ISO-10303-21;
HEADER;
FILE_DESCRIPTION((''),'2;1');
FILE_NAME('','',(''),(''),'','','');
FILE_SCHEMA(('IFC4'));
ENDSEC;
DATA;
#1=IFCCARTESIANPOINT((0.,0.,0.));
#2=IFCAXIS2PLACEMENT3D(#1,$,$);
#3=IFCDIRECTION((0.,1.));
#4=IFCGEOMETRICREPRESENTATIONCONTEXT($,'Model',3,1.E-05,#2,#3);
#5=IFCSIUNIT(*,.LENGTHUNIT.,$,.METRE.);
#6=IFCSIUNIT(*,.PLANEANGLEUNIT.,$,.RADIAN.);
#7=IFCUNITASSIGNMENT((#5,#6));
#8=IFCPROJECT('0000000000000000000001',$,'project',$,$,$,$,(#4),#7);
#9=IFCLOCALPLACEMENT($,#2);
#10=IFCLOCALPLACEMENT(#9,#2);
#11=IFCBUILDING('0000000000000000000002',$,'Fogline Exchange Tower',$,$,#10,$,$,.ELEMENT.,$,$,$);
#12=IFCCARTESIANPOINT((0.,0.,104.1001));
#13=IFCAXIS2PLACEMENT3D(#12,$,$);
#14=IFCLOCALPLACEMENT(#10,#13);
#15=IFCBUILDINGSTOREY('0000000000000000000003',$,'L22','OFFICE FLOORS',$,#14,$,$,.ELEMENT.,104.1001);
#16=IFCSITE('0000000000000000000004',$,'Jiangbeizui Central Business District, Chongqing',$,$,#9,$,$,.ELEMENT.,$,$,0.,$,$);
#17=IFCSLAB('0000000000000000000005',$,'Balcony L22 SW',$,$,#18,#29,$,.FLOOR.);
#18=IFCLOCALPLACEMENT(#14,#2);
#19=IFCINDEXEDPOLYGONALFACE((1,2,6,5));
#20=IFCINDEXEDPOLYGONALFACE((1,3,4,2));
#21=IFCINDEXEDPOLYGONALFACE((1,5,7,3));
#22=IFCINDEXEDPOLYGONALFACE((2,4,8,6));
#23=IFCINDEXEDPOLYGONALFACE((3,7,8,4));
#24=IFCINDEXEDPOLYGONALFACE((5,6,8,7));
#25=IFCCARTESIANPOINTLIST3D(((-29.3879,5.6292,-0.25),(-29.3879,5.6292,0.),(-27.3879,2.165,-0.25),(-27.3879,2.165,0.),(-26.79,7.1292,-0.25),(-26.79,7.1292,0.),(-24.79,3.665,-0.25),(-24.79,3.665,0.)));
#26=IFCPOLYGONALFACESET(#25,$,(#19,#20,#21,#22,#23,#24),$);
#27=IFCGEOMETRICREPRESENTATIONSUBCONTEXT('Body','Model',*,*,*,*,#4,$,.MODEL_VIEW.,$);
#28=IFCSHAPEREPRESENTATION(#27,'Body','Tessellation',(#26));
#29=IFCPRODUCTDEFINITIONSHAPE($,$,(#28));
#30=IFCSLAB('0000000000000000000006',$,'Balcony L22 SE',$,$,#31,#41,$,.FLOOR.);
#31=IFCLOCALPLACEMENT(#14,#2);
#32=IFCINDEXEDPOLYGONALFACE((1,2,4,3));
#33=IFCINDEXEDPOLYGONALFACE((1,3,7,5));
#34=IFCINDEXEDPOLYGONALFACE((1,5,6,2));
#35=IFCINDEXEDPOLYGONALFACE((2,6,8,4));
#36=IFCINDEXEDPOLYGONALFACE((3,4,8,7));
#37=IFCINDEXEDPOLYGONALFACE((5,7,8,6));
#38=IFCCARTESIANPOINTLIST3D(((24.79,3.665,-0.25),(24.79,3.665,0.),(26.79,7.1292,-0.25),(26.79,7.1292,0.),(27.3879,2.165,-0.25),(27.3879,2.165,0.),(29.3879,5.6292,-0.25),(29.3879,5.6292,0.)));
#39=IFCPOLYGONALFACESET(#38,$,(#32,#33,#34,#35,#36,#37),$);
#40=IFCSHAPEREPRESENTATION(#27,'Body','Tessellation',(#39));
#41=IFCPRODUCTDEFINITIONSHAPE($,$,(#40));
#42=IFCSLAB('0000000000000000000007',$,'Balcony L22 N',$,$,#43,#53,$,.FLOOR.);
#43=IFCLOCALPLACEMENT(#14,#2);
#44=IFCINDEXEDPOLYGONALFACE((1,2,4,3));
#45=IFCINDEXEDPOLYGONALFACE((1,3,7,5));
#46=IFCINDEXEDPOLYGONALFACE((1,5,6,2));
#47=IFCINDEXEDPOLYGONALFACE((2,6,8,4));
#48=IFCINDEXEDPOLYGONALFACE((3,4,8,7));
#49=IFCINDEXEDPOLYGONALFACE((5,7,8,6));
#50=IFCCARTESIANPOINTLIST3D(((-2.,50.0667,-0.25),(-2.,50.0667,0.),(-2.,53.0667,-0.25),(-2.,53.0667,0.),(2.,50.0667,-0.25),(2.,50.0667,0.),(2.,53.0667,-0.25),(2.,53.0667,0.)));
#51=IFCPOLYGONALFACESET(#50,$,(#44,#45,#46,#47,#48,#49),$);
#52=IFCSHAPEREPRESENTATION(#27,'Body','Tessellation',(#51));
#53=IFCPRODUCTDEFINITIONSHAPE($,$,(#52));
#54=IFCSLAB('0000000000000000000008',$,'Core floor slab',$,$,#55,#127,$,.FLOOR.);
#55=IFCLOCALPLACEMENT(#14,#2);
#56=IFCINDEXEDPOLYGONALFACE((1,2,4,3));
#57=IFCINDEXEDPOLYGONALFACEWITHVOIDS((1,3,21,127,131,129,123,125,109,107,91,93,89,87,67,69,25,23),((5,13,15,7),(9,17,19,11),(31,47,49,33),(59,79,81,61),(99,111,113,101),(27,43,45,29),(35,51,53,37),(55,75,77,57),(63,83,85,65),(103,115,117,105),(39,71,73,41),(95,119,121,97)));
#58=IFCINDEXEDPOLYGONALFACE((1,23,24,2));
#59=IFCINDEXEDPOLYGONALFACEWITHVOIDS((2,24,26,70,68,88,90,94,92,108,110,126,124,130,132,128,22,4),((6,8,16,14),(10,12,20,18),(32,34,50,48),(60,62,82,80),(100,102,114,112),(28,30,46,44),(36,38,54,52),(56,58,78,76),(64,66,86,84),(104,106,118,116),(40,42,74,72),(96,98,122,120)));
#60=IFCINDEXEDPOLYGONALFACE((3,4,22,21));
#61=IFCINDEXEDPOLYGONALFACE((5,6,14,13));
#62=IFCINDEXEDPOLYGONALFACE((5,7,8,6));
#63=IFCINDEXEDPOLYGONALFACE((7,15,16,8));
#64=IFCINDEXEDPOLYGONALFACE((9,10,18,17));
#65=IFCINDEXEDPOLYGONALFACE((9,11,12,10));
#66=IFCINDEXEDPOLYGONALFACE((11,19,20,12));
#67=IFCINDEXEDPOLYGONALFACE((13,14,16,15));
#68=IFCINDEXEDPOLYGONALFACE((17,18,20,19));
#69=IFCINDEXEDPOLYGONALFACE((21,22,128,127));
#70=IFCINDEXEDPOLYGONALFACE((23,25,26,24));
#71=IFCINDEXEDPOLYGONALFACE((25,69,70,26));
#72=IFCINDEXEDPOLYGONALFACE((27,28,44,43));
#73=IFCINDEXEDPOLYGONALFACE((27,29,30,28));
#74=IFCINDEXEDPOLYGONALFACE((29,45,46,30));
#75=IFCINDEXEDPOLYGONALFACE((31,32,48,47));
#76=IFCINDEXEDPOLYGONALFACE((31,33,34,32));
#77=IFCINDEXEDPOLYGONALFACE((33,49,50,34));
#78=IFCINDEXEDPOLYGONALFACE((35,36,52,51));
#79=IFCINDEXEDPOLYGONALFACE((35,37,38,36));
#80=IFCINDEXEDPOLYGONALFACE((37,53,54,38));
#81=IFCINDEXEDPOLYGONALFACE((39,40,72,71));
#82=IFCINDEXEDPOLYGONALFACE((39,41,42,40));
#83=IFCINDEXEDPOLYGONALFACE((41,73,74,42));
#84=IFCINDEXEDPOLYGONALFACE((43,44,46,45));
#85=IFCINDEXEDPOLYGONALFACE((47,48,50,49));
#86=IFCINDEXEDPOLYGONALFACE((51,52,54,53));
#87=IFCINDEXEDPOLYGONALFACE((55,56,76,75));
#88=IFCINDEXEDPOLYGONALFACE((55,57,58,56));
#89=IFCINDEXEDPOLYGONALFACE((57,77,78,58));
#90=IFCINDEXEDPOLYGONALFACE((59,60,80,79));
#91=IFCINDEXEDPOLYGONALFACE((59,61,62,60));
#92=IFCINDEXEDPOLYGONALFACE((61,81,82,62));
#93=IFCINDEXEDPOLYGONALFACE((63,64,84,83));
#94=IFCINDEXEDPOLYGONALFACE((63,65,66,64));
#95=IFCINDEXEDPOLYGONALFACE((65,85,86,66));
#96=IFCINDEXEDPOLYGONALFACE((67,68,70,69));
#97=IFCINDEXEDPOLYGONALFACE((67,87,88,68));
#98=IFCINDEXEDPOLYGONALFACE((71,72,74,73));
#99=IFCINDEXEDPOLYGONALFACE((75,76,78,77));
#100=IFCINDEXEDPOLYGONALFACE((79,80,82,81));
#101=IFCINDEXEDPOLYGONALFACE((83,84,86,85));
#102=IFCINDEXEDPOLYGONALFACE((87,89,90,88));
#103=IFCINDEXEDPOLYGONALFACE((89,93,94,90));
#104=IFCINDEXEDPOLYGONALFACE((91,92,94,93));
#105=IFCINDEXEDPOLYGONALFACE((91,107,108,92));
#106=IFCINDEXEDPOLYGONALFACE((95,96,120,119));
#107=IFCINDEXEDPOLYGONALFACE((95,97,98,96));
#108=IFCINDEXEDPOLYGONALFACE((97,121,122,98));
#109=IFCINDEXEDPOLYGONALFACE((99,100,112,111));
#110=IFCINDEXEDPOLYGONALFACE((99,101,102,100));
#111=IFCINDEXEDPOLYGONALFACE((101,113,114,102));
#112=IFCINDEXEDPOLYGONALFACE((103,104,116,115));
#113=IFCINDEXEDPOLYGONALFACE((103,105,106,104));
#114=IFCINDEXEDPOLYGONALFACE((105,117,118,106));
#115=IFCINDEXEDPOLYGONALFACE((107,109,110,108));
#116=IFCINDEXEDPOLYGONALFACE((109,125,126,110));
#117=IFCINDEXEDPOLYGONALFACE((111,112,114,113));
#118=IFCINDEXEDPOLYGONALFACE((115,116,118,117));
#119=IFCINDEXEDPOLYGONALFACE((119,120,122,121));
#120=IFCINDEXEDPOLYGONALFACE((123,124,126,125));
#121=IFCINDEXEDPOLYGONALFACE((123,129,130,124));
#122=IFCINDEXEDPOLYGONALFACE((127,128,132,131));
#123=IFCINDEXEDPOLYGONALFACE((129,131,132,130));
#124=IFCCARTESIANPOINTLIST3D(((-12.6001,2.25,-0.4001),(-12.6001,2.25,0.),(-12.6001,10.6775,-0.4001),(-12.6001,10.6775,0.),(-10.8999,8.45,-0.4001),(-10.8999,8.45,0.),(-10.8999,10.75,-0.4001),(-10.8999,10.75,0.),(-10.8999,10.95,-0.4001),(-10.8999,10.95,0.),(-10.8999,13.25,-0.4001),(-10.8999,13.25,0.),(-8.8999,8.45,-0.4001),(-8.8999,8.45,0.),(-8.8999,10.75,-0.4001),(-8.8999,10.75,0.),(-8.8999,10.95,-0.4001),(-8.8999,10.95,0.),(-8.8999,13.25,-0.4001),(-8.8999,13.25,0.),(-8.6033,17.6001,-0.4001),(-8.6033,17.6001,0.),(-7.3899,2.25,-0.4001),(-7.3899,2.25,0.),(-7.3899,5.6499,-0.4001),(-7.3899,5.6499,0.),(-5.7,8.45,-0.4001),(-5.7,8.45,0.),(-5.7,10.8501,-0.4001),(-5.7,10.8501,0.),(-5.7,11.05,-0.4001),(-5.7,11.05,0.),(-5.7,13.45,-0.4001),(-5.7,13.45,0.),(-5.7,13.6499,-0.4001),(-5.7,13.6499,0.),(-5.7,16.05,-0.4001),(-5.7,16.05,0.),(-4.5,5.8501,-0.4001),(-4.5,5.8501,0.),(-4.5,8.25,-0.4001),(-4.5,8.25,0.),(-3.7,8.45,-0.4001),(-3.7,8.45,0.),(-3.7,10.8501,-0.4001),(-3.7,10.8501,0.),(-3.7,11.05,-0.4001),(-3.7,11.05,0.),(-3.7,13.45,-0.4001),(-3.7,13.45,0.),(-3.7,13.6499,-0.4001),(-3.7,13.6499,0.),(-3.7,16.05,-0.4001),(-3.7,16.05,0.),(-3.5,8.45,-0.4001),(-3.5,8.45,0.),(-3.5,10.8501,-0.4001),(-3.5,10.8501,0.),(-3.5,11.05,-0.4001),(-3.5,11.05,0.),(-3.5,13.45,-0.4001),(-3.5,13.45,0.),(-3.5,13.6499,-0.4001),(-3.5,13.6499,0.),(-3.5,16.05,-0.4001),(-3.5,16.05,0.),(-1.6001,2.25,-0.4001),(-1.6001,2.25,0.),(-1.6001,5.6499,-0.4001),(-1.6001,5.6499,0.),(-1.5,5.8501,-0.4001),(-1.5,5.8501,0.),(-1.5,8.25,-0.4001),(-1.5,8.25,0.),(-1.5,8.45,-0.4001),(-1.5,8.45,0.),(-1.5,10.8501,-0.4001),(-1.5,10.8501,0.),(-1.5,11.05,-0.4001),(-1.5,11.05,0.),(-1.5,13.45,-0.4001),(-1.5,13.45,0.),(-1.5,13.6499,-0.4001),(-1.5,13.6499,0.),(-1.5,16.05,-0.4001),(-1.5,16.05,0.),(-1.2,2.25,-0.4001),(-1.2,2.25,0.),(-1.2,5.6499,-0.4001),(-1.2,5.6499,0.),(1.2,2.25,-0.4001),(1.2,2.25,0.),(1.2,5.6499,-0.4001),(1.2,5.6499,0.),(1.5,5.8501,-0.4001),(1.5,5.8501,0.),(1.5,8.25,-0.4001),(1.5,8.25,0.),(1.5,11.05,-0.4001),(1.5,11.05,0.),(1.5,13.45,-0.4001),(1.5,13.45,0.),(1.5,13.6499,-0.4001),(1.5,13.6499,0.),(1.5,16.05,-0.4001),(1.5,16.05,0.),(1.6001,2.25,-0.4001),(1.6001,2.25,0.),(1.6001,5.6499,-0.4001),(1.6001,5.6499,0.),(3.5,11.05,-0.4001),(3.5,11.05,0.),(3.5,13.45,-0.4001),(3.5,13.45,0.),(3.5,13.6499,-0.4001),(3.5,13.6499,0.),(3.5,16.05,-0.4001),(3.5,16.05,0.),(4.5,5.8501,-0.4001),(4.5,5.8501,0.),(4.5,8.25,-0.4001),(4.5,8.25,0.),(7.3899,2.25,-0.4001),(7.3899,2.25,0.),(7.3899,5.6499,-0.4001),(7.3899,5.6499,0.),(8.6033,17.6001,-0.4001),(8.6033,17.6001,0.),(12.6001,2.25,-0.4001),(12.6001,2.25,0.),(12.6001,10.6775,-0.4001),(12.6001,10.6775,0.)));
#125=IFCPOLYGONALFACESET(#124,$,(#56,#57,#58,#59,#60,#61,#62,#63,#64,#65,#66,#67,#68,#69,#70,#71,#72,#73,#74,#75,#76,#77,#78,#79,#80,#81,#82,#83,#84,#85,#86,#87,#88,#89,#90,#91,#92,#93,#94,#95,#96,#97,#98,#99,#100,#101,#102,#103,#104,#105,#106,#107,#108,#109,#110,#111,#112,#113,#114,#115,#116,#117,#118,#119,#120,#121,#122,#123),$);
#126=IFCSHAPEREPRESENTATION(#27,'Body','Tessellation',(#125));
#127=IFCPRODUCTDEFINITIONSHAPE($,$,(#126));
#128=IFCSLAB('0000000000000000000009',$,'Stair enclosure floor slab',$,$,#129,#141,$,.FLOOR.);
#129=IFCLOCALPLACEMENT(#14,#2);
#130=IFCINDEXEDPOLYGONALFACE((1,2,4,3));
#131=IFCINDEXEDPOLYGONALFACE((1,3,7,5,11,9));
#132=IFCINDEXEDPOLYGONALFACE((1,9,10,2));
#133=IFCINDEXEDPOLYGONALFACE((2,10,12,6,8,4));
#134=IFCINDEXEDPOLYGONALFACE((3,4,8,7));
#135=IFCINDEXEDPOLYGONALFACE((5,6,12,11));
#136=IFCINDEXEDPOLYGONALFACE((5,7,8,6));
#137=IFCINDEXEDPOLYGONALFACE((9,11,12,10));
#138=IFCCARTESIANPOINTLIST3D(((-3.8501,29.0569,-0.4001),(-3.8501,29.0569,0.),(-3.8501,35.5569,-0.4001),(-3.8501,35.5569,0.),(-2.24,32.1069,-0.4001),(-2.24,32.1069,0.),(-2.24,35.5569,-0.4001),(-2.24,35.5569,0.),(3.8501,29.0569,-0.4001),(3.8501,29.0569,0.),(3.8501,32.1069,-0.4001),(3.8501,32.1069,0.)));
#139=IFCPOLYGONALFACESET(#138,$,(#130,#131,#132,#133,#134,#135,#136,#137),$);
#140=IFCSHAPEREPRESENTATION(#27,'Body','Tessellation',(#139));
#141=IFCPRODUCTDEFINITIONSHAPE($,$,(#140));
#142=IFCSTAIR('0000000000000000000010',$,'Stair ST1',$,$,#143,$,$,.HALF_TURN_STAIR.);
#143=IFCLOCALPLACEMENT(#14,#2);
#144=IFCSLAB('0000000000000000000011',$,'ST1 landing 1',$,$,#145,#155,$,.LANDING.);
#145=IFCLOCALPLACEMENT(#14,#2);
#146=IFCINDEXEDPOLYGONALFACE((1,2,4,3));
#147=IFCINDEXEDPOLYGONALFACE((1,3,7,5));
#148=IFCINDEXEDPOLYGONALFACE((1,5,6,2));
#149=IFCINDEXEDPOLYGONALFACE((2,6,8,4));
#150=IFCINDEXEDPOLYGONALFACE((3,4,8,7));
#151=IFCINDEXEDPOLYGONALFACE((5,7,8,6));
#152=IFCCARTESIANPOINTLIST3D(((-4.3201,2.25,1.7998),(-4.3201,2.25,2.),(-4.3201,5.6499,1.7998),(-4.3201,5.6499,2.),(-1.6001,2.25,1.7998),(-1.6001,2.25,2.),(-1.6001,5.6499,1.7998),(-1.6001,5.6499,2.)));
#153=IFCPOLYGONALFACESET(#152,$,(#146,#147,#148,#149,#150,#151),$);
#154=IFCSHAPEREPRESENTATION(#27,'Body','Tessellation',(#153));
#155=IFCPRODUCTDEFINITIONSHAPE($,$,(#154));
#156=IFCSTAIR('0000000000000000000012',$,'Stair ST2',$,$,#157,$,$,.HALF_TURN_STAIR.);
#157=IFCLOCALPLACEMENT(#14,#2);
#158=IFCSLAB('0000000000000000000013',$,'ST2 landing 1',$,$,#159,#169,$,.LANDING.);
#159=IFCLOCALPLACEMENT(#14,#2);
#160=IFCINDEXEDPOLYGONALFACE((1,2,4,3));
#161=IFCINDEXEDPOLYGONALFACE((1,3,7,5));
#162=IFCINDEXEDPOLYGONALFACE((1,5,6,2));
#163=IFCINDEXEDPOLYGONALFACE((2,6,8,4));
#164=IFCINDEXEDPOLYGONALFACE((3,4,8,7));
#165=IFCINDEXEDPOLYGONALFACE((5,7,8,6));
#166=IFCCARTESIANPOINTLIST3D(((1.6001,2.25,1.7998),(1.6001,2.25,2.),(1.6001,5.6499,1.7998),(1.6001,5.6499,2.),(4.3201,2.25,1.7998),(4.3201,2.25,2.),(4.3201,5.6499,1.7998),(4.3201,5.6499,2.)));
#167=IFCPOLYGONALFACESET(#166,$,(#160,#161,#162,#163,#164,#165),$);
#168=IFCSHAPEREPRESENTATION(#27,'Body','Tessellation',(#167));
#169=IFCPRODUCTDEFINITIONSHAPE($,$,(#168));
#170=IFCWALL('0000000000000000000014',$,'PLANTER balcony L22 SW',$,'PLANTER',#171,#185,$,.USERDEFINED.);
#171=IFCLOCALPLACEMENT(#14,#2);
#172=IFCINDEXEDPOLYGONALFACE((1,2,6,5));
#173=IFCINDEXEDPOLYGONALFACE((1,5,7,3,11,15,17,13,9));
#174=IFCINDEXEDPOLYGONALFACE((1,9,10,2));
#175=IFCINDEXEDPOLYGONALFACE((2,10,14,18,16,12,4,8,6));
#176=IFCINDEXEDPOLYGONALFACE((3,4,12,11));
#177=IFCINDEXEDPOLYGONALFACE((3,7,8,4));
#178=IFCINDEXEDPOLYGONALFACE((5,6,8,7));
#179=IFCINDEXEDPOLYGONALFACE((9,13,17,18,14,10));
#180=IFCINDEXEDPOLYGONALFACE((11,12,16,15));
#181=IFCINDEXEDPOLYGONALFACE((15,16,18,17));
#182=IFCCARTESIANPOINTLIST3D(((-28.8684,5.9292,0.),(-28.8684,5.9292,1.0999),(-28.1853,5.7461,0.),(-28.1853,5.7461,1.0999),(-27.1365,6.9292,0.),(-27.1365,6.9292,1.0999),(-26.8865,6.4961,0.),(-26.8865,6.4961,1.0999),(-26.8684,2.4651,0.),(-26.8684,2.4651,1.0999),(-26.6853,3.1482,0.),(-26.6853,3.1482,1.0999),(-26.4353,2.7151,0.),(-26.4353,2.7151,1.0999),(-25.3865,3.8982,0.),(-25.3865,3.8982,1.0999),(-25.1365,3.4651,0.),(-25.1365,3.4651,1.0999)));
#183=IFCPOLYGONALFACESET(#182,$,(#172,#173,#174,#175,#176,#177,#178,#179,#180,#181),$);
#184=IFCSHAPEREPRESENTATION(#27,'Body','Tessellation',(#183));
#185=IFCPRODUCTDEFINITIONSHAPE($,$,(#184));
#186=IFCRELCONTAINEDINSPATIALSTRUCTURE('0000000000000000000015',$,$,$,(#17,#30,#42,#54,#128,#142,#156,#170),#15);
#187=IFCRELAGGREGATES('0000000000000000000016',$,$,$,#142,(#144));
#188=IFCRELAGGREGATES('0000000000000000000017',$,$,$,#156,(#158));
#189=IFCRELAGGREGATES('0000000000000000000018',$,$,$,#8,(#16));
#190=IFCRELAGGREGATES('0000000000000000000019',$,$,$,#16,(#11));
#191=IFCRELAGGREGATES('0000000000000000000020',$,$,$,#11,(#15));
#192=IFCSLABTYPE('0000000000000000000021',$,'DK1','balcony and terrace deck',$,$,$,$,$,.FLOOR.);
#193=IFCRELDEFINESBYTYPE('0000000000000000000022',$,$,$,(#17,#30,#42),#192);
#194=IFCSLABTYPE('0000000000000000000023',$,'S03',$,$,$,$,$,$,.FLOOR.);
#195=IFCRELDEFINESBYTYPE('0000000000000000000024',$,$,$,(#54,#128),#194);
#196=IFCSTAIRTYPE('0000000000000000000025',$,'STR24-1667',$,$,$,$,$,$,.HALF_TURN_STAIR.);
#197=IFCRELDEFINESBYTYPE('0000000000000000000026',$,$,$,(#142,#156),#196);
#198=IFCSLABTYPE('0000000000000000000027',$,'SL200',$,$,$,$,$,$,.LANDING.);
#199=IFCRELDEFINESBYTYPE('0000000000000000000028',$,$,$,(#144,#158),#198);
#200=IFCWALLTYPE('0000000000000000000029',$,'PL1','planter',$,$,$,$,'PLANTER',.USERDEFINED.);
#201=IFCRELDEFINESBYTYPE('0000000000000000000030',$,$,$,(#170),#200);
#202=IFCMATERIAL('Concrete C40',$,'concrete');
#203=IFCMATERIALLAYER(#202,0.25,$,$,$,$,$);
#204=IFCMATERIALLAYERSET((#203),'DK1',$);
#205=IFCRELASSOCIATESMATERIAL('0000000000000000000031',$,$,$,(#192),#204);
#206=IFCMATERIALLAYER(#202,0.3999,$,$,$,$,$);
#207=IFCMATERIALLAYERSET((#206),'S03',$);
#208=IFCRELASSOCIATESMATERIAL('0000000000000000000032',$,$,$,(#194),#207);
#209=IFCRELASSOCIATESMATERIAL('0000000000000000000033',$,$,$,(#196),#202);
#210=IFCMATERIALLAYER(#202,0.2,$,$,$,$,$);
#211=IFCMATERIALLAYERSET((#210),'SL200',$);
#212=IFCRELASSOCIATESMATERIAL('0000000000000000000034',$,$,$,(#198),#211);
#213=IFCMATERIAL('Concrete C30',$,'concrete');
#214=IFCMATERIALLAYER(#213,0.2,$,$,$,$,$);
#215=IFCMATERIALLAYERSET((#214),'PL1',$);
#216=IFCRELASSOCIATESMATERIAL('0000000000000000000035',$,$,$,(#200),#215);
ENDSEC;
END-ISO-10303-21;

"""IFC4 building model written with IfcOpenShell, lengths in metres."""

from ifc_helpers import new_model, si_unit, direction, frame, origin, place, context, subcontext, project, spatial, polyline, outline, extrude, material, layer, layer_set, type_object, element, aggregate, save


model = new_model("IFC4")

# Units and contexts
model_context = context("Model", 3, precision=1e-05, world=origin(), true_north=direction((0.0, 1.0)))
body_context = subcontext(model_context, "Body", "Model", "MODEL_VIEW")
ifc_project = project(units=[si_unit("LENGTHUNIT", "METRE"), si_unit("PLANEANGLEUNIT", "RADIAN")], contexts=[model_context])

# Site, building, storey
site_placement = place(None, origin())
site = spatial("IfcSite", under=ifc_project, at=site_placement, Name="Jiangbeizui Central Business District, Chongqing", CompositionType="ELEMENT", RefElevation=0.0)
building_placement = place(site_placement, origin())
building = spatial("IfcBuilding", under=site, at=building_placement, Name="Fogline Exchange Tower", CompositionType="ELEMENT")
storey_placement = place(building_placement, frame((0.0, 0.0, 104.1001)))
storey = spatial("IfcBuildingStorey", under=building, at=storey_placement, Name="L22", Description="OFFICE FLOORS", CompositionType="ELEMENT", Elevation=104.1001)

# Slabs
ifc_material_1 = material(Name="Concrete C40", Category="concrete")
ifc_layer_1 = layer(ifc_material_1, 0.25)
ifc_layer_set_1 = layer_set([ifc_layer_1], Name="DK1")
slab_type_1 = type_object("IfcSlabType", Name="DK1", Description="balcony and terrace deck", PredefinedType="FLOOR", material=ifc_layer_set_1)
slab_1_placement = place(storey_placement, frame((0.0, 0.0, -0.25)))
element("IfcSlab", 1, at=slab_1_placement, inside=storey, type_object=slab_type_1, Name="Balcony L22 SW", PredefinedType="FLOOR", context=body_context, shape_type="SweptSolid", body=[
    extrude(outline(polyline([(-29.3879, 5.6292), (-27.3879, 2.165), (-24.79, 3.665), (-26.79, 7.1292), (-29.3879, 5.6292)])), origin(), (0.0, 0.0, 1.0), 0.25),
])
slab_2_placement = place(storey_placement, frame((0.0, 0.0, -0.25)))
element("IfcSlab", 2, at=slab_2_placement, inside=storey, type_object=slab_type_1, Name="Balcony L22 SE", PredefinedType="FLOOR", context=body_context, shape_type="SweptSolid", body=[
    extrude(outline(polyline([(27.3879, 2.165), (29.3879, 5.6292), (26.79, 7.1292), (24.79, 3.665), (27.3879, 2.165)])), origin(), (0.0, 0.0, 1.0), 0.25),
])
slab_3_placement = place(storey_placement, frame((0.0, 0.0, -0.25)))
element("IfcSlab", 3, at=slab_3_placement, inside=storey, type_object=slab_type_1, Name="Balcony L22 N", PredefinedType="FLOOR", context=body_context, shape_type="SweptSolid", body=[
    extrude(outline(polyline([(2.0, 53.0667), (-2.0, 53.0667), (-2.0, 50.0667), (2.0, 50.0667), (2.0, 53.0667)])), origin(), (0.0, 0.0, 1.0), 0.25),
])
ifc_layer_2 = layer(ifc_material_1, 0.3999)
ifc_layer_set_2 = layer_set([ifc_layer_2], Name="S03")
slab_type_2 = type_object("IfcSlabType", Name="S03", PredefinedType="FLOOR", material=ifc_layer_set_2)
slab_4_placement = place(storey_placement, frame((0.0, 0.0, -0.4001)))
element("IfcSlab", 4, at=slab_4_placement, inside=storey, type_object=slab_type_2, Name="Core floor slab", PredefinedType="FLOOR", context=body_context, shape_type="SweptSolid", body=[
    extrude(outline(polyline([(-12.6001, 2.25), (-12.6001, 10.6775), (-8.6033, 17.6001), (8.6033, 17.6001), (12.6001, 10.6775), (12.6001, 2.25), (7.3899, 2.25), (7.3899, 5.6499), (1.6001, 5.6499), (1.6001, 2.25), (1.2, 2.25), (1.2, 5.6499), (-1.2, 5.6499), (-1.2, 2.25), (-1.6001, 2.25), (-1.6001, 5.6499), (-7.3899, 5.6499), (-7.3899, 2.25), (-12.6001, 2.25)]), holes=[polyline([(-1.5, 8.25), (-4.5, 8.25), (-4.5, 5.8501), (-1.5, 5.8501), (-1.5, 8.25)]), polyline([(-8.8999, 10.75), (-10.8999, 10.75), (-10.8999, 8.45), (-8.8999, 8.45), (-8.8999, 10.75)]), polyline([(-3.7, 10.8501), (-5.7, 10.8501), (-5.7, 8.45), (-3.7, 8.45), (-3.7, 10.8501)]), polyline([(-1.5, 10.8501), (-3.5, 10.8501), (-3.5, 8.45), (-1.5, 8.45), (-1.5, 10.8501)]), polyline([(-8.8999, 13.25), (-10.8999, 13.25), (-10.8999, 10.95), (-8.8999, 10.95), (-8.8999, 13.25)]), polyline([(-3.7, 13.45), (-5.7, 13.45), (-5.7, 11.05), (-3.7, 11.05), (-3.7, 13.45)]), polyline([(-3.7, 16.05), (-5.7, 16.05), (-5.7, 13.6499), (-3.7, 13.6499), (-3.7, 16.05)]), polyline([(4.5, 8.25), (1.5, 8.25), (1.5, 5.8501), (4.5, 5.8501), (4.5, 8.25)]), polyline([(-1.5, 13.45), (-3.5, 13.45), (-3.5, 11.05), (-1.5, 11.05), (-1.5, 13.45)]), polyline([(3.5, 13.45), (1.5, 13.45), (1.5, 11.05), (3.5, 11.05), (3.5, 13.45)]), polyline([(-1.5, 16.05), (-3.5, 16.05), (-3.5, 13.6499), (-1.5, 13.6499), (-1.5, 16.05)]), polyline([(3.5, 16.05), (1.5, 16.05), (1.5, 13.6499), (3.5, 13.6499), (3.5, 16.05)])]), origin(), (0.0, 0.0, 1.0), 0.4001),
])
slab_5_placement = place(storey_placement, frame((0.0, 0.0, -0.4001)))
element("IfcSlab", 5, at=slab_5_placement, inside=storey, type_object=slab_type_2, Name="Stair enclosure floor slab", PredefinedType="FLOOR", context=body_context, shape_type="SweptSolid", body=[
    extrude(outline(polyline([(3.8501, 29.0569), (-3.8501, 29.0569), (-3.8501, 35.5569), (-2.24, 35.5569), (-2.24, 32.1069), (3.8501, 32.1069), (3.8501, 29.0569)])), origin(), (0.0, 0.0, 1.0), 0.4001),
])

# Stairs, slabs
stair_type = type_object("IfcStairType", Name="STR24-1667", PredefinedType="HALF_TURN_STAIR", material=ifc_material_1)
stair_1_placement = place(storey_placement, origin())
stair_1 = element("IfcStair", 6, at=stair_1_placement, inside=storey, type_object=stair_type, Name="Stair ST1", PredefinedType="HALF_TURN_STAIR")
ifc_layer_3 = layer(ifc_material_1, 0.2)
ifc_layer_set_3 = layer_set([ifc_layer_3], Name="SL200")
slab_type_3 = type_object("IfcSlabType", Name="SL200", PredefinedType="LANDING", material=ifc_layer_set_3)
slab_6_placement = place(storey_placement, frame((0.0, 0.0, 1.7998)))
slab_6 = element("IfcSlab", 7, at=slab_6_placement, type_object=slab_type_3, Name="ST1 landing 1", PredefinedType="LANDING", context=body_context, shape_type="SweptSolid", body=[
    extrude(outline(polyline([(-4.3201, 2.25), (-1.6001, 2.25), (-1.6001, 5.6499), (-4.3201, 5.6499), (-4.3201, 2.25)])), origin(), (0.0, 0.0, 1.0), 0.2002),
])
aggregate(stair_1, [slab_6])
stair_2_placement = place(storey_placement, origin())
stair_2 = element("IfcStair", 8, at=stair_2_placement, inside=storey, type_object=stair_type, Name="Stair ST2", PredefinedType="HALF_TURN_STAIR")
slab_7_placement = place(storey_placement, frame((0.0, 0.0, 1.7998)))
slab_7 = element("IfcSlab", 9, at=slab_7_placement, type_object=slab_type_3, Name="ST2 landing 1", PredefinedType="LANDING", context=body_context, shape_type="SweptSolid", body=[
    extrude(outline(polyline([(1.6001, 2.25), (4.3201, 2.25), (4.3201, 5.6499), (1.6001, 5.6499), (1.6001, 2.25)])), origin(), (0.0, 0.0, 1.0), 0.2002),
])
aggregate(stair_2, [slab_7])

# Wall
ifc_material_2 = material(Name="Concrete C30", Category="concrete")
ifc_layer_4 = layer(ifc_material_2, 0.2)
ifc_layer_set_4 = layer_set([ifc_layer_4], Name="PL1")
wall_type = type_object("IfcWallType", Name="PL1", Description="planter", ElementType="PLANTER", PredefinedType="USERDEFINED", material=ifc_layer_set_4)
wall_1_placement = place(storey_placement, origin())
element("IfcWall", 10, at=wall_1_placement, inside=storey, type_object=wall_type, Name="PLANTER balcony L22 SW", ObjectType="PLANTER", PredefinedType="USERDEFINED", context=body_context, shape_type="SweptSolid", body=[
    extrude(outline(polyline([(-25.3865, 3.8982), (-26.6853, 3.1482), (-28.1853, 5.7461), (-26.8865, 6.4961), (-27.1365, 6.9292), (-28.8684, 5.9292), (-26.8684, 2.4651), (-26.4353, 2.7151), (-26.4353, 2.7151), (-25.1365, 3.4651), (-25.3865, 3.8982)])), origin(), (0.0, 0.0, 1.0), 1.0999),
])

save(model, "model.ifc")
